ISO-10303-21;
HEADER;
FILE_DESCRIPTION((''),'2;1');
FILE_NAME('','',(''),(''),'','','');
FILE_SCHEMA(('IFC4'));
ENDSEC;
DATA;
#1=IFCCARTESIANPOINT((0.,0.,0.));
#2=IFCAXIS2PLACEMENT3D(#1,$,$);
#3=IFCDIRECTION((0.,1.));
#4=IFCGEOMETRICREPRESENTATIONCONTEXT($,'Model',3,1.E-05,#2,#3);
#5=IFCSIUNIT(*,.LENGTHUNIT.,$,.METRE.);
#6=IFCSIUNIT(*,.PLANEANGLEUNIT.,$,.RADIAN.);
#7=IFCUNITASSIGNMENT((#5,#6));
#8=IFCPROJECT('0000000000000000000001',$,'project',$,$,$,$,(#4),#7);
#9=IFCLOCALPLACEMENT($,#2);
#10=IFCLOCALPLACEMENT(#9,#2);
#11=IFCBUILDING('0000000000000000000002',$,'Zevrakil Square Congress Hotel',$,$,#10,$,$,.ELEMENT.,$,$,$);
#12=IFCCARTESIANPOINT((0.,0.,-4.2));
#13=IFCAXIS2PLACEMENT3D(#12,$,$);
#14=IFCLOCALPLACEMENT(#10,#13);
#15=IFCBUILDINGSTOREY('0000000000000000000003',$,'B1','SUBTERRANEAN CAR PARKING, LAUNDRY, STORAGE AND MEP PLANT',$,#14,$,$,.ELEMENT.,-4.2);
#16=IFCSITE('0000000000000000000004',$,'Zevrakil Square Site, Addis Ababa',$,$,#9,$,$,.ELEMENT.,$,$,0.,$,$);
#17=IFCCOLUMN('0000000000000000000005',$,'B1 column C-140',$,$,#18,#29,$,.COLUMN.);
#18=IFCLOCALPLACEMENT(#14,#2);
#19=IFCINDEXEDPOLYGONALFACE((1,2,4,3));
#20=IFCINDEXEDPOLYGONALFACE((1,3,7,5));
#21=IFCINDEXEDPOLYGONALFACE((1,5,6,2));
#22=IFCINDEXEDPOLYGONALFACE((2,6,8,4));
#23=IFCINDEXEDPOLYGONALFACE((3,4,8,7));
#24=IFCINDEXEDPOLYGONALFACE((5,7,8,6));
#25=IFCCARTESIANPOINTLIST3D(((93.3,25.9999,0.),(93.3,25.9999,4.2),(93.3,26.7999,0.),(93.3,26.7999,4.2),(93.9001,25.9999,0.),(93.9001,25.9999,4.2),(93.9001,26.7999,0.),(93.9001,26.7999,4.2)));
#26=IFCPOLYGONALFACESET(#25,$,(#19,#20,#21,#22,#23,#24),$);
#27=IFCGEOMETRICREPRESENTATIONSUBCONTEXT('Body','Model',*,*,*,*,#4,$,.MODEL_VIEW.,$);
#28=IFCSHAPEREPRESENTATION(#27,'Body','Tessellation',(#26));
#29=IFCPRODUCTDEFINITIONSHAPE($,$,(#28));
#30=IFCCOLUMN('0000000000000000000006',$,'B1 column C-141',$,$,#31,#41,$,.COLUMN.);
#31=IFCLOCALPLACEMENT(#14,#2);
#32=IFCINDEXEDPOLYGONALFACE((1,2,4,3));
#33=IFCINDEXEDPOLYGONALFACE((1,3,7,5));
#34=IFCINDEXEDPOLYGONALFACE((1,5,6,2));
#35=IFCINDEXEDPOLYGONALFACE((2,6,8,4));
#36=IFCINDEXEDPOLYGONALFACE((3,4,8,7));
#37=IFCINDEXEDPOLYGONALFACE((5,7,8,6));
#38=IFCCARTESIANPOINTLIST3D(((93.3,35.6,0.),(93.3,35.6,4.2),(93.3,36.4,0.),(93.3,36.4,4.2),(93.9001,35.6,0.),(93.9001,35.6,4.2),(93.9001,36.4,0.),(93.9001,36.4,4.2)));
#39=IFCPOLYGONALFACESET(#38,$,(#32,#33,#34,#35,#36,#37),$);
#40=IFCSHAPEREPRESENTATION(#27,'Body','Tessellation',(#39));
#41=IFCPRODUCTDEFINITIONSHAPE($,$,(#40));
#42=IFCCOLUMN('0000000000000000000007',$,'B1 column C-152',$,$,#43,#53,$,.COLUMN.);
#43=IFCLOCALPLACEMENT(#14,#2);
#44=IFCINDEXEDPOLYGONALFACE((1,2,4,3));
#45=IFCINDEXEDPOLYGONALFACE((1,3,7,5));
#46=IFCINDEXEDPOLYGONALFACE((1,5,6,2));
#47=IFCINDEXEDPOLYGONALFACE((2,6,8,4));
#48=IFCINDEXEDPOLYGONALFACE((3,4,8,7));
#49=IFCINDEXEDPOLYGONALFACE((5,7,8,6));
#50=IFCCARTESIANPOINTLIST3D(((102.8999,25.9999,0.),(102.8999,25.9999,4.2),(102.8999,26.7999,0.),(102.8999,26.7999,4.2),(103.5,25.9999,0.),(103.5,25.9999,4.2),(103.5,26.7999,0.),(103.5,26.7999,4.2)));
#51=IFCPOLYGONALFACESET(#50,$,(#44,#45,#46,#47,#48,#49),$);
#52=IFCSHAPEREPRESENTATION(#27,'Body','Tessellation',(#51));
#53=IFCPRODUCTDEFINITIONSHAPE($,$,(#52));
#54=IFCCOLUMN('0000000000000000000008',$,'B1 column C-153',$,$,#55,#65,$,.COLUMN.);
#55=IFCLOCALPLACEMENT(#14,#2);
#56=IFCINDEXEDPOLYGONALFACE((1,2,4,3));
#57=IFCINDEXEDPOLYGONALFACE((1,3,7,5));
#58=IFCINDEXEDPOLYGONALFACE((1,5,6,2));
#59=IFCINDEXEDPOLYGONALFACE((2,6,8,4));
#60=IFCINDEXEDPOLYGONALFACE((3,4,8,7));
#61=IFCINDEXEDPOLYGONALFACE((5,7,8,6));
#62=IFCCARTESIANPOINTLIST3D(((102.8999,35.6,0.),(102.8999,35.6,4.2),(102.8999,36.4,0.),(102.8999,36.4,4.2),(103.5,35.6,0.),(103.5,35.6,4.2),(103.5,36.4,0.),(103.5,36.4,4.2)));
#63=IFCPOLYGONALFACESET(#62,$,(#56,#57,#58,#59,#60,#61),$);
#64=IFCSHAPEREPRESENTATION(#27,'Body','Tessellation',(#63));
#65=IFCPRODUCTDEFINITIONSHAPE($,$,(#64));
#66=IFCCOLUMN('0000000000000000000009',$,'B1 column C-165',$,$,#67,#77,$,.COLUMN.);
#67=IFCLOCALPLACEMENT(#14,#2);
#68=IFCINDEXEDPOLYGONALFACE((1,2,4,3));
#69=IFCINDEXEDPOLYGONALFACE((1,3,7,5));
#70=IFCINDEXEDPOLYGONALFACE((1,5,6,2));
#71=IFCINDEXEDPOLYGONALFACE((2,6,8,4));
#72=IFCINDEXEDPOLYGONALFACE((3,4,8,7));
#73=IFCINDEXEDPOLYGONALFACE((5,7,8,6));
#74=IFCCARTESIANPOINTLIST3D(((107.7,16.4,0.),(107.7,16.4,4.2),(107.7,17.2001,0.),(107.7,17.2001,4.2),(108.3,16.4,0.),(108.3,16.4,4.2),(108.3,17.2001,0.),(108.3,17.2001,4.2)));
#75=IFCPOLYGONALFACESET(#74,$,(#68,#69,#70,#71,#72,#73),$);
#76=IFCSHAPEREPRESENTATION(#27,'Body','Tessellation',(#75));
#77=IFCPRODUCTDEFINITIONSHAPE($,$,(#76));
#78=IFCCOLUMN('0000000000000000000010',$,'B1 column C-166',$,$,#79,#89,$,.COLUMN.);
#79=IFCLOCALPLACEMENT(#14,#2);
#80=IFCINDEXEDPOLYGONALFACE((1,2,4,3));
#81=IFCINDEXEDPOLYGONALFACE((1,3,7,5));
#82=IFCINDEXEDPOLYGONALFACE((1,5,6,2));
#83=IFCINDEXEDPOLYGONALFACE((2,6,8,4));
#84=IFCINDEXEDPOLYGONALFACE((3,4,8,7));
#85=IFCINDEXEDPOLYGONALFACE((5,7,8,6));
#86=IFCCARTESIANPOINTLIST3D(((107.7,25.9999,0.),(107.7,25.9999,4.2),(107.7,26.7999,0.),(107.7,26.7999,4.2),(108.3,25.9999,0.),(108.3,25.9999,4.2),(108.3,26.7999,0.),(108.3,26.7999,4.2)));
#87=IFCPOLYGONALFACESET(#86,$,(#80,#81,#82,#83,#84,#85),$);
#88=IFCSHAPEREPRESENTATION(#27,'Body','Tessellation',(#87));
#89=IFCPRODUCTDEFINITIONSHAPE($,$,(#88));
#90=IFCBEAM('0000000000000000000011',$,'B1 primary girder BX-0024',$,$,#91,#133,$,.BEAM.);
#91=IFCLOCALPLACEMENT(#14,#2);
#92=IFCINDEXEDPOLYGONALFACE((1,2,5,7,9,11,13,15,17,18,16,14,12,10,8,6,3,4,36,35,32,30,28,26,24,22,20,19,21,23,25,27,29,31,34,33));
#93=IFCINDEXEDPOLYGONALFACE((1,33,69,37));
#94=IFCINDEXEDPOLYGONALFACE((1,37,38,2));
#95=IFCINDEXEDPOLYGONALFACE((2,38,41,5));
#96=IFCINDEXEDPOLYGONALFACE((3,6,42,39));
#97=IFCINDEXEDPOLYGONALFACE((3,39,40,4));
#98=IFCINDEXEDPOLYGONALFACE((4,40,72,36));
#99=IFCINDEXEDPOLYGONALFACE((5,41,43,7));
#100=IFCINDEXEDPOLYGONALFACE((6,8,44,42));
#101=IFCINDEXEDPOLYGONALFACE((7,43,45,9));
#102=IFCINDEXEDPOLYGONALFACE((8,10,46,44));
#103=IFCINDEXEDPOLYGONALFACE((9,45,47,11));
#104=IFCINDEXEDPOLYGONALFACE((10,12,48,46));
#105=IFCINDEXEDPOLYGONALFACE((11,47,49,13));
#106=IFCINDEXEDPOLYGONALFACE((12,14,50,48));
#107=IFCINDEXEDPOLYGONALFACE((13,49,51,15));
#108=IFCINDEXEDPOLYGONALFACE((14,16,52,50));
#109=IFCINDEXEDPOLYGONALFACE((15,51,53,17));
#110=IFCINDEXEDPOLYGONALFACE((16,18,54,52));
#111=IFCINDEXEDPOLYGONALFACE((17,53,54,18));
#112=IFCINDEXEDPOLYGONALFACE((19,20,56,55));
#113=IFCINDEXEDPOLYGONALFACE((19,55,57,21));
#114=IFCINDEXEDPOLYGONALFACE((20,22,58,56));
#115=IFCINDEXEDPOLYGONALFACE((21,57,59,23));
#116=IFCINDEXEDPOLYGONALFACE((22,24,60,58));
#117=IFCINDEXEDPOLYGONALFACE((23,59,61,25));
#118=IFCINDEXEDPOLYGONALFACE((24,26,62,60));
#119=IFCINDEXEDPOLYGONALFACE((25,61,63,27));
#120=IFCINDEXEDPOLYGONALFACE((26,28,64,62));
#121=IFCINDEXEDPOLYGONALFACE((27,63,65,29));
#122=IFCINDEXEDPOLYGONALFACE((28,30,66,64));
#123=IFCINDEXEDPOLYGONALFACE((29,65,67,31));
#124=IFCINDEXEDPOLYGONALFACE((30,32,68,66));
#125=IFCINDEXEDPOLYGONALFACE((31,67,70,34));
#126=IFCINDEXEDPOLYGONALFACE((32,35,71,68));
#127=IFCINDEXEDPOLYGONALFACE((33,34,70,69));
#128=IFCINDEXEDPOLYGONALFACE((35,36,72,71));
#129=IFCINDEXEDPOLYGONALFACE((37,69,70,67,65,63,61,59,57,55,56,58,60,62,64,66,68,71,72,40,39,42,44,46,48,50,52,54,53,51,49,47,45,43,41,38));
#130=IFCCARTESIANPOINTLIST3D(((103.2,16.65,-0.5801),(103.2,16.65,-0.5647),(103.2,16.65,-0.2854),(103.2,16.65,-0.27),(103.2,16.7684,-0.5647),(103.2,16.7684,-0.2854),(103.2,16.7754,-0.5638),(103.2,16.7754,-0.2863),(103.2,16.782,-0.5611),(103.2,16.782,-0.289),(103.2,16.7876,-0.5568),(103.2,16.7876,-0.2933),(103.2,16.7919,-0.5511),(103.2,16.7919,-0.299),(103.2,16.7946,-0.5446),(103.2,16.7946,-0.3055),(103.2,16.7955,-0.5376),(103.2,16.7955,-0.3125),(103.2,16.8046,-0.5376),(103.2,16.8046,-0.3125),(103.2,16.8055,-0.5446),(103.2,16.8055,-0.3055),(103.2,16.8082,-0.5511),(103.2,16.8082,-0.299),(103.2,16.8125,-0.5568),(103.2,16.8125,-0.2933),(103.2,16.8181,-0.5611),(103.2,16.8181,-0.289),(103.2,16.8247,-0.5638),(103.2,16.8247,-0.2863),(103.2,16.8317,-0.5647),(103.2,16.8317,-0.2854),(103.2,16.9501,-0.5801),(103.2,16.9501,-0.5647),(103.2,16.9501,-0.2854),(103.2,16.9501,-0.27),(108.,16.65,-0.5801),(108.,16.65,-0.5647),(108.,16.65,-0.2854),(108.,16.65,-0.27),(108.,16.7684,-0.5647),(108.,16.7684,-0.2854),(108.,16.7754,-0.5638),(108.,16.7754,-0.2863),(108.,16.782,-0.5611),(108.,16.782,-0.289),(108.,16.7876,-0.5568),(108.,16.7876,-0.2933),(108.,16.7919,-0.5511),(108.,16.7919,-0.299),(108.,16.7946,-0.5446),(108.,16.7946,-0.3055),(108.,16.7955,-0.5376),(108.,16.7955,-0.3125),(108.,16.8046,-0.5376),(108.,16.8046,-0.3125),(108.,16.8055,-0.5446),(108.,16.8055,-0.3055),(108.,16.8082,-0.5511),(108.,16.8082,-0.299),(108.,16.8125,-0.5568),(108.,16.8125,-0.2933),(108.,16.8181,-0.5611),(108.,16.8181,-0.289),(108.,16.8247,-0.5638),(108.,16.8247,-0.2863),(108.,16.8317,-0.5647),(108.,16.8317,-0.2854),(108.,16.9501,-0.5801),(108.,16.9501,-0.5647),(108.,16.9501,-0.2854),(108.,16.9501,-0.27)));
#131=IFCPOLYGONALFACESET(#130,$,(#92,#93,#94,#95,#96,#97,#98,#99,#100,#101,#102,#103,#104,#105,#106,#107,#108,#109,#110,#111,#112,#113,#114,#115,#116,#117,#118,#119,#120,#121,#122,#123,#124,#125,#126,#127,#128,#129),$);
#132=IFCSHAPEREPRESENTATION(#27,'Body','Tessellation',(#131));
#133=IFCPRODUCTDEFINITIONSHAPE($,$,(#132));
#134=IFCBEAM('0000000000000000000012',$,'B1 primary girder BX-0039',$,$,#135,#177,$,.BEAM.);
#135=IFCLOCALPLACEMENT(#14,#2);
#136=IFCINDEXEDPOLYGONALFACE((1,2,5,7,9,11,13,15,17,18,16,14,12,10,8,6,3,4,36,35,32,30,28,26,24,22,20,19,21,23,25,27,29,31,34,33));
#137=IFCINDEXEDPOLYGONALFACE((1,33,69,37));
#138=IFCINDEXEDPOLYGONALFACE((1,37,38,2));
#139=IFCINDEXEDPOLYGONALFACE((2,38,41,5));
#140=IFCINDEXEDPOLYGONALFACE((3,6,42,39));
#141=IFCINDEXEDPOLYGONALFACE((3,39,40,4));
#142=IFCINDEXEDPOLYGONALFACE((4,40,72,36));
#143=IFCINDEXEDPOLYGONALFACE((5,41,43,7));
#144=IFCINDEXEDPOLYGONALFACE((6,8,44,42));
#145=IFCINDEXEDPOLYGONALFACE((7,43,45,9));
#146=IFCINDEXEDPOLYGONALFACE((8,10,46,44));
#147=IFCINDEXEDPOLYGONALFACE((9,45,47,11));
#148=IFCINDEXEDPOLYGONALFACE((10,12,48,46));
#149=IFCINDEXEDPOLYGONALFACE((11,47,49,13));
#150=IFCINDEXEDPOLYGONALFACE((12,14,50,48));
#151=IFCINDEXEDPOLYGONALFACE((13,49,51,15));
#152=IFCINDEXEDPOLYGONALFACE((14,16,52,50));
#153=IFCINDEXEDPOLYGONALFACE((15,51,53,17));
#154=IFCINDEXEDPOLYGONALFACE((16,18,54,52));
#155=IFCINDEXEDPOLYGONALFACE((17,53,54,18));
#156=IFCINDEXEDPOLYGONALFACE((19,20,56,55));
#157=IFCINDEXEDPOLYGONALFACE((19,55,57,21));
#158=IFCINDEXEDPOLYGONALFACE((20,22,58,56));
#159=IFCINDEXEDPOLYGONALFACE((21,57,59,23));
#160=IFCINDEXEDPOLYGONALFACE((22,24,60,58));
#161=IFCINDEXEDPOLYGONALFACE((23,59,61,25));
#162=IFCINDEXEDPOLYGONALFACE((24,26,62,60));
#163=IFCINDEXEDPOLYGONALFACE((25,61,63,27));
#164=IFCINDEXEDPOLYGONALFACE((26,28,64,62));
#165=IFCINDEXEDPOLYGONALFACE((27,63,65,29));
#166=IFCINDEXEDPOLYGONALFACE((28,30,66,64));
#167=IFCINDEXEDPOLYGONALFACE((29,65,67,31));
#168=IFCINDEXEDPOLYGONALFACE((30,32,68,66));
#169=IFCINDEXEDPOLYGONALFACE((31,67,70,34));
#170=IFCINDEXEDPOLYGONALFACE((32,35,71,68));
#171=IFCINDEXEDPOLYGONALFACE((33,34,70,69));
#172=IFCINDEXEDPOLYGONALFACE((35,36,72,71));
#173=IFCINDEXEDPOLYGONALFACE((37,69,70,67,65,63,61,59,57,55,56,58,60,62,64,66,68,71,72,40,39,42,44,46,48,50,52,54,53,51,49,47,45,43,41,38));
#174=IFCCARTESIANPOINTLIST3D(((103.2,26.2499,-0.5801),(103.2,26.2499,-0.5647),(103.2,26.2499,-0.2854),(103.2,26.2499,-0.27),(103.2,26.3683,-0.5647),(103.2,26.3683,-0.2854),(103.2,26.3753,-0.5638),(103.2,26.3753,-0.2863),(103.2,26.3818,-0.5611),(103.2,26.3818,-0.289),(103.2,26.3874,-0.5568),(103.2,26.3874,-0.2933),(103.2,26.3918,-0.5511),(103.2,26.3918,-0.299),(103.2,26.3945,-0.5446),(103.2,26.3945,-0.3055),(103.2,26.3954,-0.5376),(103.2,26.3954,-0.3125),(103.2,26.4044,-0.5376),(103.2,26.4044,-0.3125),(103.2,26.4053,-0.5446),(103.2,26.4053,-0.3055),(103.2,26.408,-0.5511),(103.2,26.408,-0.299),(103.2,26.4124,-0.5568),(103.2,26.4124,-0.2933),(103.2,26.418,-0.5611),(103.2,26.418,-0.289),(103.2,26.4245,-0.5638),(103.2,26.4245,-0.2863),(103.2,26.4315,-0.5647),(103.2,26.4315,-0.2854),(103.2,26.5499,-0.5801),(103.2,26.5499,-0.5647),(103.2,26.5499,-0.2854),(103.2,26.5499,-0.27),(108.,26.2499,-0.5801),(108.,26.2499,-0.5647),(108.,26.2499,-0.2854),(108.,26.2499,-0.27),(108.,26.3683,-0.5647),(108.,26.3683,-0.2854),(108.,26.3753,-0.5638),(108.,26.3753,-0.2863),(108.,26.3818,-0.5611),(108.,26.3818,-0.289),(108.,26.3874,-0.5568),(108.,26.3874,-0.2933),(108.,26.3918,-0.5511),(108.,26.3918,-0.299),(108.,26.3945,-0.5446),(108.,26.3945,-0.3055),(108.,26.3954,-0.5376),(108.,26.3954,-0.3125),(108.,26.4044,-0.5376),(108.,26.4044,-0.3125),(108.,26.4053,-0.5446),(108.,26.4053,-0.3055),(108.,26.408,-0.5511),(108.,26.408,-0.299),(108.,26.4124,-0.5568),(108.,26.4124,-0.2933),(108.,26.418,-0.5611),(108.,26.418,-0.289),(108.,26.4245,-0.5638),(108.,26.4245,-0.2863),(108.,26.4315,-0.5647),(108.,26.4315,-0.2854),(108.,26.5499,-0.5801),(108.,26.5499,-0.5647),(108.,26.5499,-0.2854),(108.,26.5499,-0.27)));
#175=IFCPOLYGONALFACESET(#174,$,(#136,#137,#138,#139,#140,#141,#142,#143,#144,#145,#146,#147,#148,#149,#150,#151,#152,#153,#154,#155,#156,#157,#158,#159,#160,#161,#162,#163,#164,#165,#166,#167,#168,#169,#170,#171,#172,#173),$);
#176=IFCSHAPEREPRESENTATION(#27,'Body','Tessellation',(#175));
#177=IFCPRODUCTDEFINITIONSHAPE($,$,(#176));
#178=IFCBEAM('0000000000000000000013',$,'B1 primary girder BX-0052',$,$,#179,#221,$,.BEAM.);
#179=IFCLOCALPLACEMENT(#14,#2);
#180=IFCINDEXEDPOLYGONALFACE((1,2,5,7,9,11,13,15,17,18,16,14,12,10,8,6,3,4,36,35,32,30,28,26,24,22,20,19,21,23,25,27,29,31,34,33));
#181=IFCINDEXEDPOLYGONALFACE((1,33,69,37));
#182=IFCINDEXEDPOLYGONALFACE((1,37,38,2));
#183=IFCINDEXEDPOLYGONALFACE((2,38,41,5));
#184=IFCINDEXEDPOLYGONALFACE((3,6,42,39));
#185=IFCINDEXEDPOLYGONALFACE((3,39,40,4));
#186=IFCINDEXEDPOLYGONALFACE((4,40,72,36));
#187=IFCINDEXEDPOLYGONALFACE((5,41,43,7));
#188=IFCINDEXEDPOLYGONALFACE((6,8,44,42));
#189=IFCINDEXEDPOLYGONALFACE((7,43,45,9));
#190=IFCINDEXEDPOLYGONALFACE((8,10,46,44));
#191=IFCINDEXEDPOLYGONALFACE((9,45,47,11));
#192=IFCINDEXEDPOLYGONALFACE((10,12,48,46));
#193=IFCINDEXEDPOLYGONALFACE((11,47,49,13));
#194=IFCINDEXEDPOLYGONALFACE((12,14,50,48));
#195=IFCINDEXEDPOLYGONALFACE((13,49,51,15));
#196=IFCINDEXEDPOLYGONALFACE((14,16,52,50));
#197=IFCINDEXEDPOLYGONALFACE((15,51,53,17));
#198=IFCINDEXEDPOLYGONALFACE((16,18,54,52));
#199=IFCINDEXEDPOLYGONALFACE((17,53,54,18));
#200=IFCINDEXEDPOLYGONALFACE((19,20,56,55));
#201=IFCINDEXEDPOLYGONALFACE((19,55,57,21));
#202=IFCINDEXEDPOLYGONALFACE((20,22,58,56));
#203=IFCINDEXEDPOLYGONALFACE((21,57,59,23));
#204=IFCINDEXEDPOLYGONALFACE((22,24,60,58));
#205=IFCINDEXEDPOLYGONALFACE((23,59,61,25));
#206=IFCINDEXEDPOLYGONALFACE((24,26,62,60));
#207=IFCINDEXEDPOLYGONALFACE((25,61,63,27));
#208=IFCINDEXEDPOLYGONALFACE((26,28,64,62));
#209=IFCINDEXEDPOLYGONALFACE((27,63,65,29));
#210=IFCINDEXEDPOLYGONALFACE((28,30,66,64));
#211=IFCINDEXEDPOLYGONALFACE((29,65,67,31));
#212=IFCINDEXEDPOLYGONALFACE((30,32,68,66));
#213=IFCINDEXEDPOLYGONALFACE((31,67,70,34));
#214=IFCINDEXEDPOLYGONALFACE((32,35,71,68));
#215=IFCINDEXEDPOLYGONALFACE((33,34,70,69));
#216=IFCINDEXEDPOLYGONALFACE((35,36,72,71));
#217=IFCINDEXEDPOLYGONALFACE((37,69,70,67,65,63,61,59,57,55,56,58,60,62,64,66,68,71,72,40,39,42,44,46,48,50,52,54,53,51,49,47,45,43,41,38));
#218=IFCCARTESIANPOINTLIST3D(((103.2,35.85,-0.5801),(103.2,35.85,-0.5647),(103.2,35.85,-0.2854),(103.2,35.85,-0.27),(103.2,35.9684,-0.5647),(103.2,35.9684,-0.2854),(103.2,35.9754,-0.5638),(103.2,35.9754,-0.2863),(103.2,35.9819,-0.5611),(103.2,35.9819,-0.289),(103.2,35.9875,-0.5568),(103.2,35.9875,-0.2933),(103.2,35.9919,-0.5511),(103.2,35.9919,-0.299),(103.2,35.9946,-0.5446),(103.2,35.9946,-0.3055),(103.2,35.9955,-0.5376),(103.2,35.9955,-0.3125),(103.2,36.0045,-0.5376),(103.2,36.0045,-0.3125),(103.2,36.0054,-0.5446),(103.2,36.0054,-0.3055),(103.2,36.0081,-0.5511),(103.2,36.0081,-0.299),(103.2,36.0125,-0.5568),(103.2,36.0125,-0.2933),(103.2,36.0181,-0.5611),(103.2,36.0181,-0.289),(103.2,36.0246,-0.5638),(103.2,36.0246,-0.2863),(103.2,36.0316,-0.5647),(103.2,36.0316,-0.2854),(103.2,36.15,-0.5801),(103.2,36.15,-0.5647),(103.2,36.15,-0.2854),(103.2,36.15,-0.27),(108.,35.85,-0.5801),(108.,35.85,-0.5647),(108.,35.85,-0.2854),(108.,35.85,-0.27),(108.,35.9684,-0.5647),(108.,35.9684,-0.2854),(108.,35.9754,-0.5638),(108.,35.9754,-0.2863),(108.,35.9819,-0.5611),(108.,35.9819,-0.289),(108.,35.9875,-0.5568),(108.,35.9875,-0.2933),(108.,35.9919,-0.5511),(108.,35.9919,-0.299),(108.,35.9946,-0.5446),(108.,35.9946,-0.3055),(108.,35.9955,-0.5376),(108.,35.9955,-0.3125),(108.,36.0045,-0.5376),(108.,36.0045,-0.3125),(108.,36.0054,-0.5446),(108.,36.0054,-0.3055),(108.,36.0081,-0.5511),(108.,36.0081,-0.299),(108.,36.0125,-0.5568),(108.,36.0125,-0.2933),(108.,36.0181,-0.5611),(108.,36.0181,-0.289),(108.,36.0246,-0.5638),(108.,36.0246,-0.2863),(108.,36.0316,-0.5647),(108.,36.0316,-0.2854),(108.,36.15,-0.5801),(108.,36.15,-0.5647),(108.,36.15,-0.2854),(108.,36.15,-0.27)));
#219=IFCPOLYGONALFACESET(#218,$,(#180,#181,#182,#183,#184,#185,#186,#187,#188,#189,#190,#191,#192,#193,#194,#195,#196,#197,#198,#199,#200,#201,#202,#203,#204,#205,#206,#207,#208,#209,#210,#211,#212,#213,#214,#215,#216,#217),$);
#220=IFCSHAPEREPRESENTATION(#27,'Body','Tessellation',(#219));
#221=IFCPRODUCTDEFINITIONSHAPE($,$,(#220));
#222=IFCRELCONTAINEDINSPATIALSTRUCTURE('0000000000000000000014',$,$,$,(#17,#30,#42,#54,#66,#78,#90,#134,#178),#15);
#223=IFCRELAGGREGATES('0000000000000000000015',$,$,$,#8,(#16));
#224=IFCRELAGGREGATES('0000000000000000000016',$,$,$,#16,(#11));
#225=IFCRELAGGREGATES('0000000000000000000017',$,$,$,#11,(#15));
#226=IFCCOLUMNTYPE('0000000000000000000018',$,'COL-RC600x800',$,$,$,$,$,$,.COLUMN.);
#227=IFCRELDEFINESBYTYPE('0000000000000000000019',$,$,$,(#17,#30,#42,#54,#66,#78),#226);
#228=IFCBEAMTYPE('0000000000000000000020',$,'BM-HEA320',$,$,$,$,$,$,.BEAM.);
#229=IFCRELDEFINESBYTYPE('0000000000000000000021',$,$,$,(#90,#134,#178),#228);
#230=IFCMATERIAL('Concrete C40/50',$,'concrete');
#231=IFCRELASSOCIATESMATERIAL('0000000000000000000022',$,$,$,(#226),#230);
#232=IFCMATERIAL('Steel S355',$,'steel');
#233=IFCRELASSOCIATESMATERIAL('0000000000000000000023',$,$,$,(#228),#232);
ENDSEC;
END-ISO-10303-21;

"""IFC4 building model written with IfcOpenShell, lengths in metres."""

from ifc_helpers import new_model, si_unit, direction, frame, origin, origin_2d, place, context, subcontext, project, spatial, rectangle, i_section, extrude, material, material_profile, profile_set, type_object, element, save


model = new_model("IFC4")

# Units and contexts
model_context = context("Model", 3, precision=1e-05, world=origin(), true_north=direction((0.0, 1.0)))
body_context = subcontext(model_context, "Body", "Model", "MODEL_VIEW")
ifc_project = project(units=[si_unit("LENGTHUNIT", "METRE"), si_unit("PLANEANGLEUNIT", "RADIAN")], contexts=[model_context])

# Site, building, storey
site_placement = place(None, origin())
site = spatial("IfcSite", under=ifc_project, at=site_placement, Name="Zevrakil Square Site, Addis Ababa", CompositionType="ELEMENT", RefElevation=0.0)
building_placement = place(site_placement, origin())
building = spatial("IfcBuilding", under=site, at=building_placement, Name="Zevrakil Square Congress Hotel", CompositionType="ELEMENT")
storey_placement = place(building_placement, frame((0.0, 0.0, -4.2)))
storey = spatial("IfcBuildingStorey", under=building, at=storey_placement, Name="B1", Description="SUBTERRANEAN CAR PARKING, LAUNDRY, STORAGE AND MEP PLANT", CompositionType="ELEMENT", Elevation=-4.2)

# Columns
ifc_material_1 = material(Name="Concrete C40/50", Category="concrete")
ifc_material_profile_1 = material_profile(ifc_material_1, rectangle(XDim=0.6001, YDim=0.8, at=origin_2d()), Name="RC 600x800")
ifc_profile_set_1 = profile_set([ifc_material_profile_1], Name="Concrete C40/50")
column_type = type_object("IfcColumnType", Name="COL-RC600x800", PredefinedType="COLUMN", material=ifc_profile_set_1)
for number, where, z_axis, x_axis, name in (
    (1, (93.6001, 26.3999, 0.0), (0.0, 0.0, 1.0), (1.0, 0.0, 0.0), "B1 column C-140"),
    (2, (93.6001, 36.0, 0.0), (0.0, 0.0, 1.0), (1.0, 0.0, 0.0), "B1 column C-141"),
    (3, (103.2, 26.3999, 0.0), (0.0, 0.0, 1.0), (1.0, 0.0, 0.0), "B1 column C-152"),
    (4, (103.2, 36.0, 0.0), (0.0, 0.0, 1.0), (1.0, 0.0, 0.0), "B1 column C-153"),
    (5, (108.0, 16.8, 0.0), (0.0, 0.0, 1.0), (1.0, 0.0, 0.0), "B1 column C-165"),
    (6, (108.0, 26.3999, 0.0), (0.0, 0.0, 1.0), (1.0, 0.0, 0.0), "B1 column C-166"),
):
    element("IfcColumn", number, at=place(storey_placement, frame(where, z_axis=z_axis, x_axis=x_axis)), inside=storey, type_object=column_type, Name=name, PredefinedType="COLUMN", context=body_context, shape_type="SweptSolid", body=[
        extrude(rectangle(XDim=0.6001, YDim=0.8, at=origin_2d()), origin(), (0.0, 0.0, 1.0), 4.2),
    ])

# Beams
ifc_material_2 = material(Name="Steel S355", Category="steel")
ifc_material_profile_2 = material_profile(ifc_material_2, i_section(OverallWidth=0.3, OverallDepth=0.3101, WebThickness=0.009, FlangeThickness=0.0154, FilletRadius=0.0271, at=origin_2d()), Name="HEA 320")
ifc_profile_set_2 = profile_set([ifc_material_profile_2], Name="Steel S355")
beam_type_1 = type_object("IfcBeamType", Name="BM-HEA320", PredefinedType="BEAM", material=ifc_profile_set_2)
for number, where, z_axis, x_axis, name in (
    (7, (103.2, 16.8, -0.425), (1.0, 0.0, 0.0), (0.0, 1.0, 0.0), "B1 primary girder BX-0024"),
    (8, (103.2, 26.3999, -0.425), (1.0, 0.0, 0.0), (0.0, 1.0, 0.0), "B1 primary girder BX-0039"),
    (9, (103.2, 36.0, -0.425), (1.0, 0.0, 0.0), (0.0, 1.0, 0.0), "B1 primary girder BX-0052"),
):
    element("IfcBeam", number, at=place(storey_placement, frame(where, z_axis=z_axis, x_axis=x_axis)), inside=storey, type_object=beam_type_1, Name=name, PredefinedType="BEAM", context=body_context, shape_type="SweptSolid", body=[
        extrude(i_section(OverallWidth=0.3, OverallDepth=0.3101, WebThickness=0.009, FlangeThickness=0.0154, FilletRadius=0.0271, at=origin_2d()), origin(), (0.0, 0.0, 1.0), 4.8),
    ])

save(model, "model.ifc")
